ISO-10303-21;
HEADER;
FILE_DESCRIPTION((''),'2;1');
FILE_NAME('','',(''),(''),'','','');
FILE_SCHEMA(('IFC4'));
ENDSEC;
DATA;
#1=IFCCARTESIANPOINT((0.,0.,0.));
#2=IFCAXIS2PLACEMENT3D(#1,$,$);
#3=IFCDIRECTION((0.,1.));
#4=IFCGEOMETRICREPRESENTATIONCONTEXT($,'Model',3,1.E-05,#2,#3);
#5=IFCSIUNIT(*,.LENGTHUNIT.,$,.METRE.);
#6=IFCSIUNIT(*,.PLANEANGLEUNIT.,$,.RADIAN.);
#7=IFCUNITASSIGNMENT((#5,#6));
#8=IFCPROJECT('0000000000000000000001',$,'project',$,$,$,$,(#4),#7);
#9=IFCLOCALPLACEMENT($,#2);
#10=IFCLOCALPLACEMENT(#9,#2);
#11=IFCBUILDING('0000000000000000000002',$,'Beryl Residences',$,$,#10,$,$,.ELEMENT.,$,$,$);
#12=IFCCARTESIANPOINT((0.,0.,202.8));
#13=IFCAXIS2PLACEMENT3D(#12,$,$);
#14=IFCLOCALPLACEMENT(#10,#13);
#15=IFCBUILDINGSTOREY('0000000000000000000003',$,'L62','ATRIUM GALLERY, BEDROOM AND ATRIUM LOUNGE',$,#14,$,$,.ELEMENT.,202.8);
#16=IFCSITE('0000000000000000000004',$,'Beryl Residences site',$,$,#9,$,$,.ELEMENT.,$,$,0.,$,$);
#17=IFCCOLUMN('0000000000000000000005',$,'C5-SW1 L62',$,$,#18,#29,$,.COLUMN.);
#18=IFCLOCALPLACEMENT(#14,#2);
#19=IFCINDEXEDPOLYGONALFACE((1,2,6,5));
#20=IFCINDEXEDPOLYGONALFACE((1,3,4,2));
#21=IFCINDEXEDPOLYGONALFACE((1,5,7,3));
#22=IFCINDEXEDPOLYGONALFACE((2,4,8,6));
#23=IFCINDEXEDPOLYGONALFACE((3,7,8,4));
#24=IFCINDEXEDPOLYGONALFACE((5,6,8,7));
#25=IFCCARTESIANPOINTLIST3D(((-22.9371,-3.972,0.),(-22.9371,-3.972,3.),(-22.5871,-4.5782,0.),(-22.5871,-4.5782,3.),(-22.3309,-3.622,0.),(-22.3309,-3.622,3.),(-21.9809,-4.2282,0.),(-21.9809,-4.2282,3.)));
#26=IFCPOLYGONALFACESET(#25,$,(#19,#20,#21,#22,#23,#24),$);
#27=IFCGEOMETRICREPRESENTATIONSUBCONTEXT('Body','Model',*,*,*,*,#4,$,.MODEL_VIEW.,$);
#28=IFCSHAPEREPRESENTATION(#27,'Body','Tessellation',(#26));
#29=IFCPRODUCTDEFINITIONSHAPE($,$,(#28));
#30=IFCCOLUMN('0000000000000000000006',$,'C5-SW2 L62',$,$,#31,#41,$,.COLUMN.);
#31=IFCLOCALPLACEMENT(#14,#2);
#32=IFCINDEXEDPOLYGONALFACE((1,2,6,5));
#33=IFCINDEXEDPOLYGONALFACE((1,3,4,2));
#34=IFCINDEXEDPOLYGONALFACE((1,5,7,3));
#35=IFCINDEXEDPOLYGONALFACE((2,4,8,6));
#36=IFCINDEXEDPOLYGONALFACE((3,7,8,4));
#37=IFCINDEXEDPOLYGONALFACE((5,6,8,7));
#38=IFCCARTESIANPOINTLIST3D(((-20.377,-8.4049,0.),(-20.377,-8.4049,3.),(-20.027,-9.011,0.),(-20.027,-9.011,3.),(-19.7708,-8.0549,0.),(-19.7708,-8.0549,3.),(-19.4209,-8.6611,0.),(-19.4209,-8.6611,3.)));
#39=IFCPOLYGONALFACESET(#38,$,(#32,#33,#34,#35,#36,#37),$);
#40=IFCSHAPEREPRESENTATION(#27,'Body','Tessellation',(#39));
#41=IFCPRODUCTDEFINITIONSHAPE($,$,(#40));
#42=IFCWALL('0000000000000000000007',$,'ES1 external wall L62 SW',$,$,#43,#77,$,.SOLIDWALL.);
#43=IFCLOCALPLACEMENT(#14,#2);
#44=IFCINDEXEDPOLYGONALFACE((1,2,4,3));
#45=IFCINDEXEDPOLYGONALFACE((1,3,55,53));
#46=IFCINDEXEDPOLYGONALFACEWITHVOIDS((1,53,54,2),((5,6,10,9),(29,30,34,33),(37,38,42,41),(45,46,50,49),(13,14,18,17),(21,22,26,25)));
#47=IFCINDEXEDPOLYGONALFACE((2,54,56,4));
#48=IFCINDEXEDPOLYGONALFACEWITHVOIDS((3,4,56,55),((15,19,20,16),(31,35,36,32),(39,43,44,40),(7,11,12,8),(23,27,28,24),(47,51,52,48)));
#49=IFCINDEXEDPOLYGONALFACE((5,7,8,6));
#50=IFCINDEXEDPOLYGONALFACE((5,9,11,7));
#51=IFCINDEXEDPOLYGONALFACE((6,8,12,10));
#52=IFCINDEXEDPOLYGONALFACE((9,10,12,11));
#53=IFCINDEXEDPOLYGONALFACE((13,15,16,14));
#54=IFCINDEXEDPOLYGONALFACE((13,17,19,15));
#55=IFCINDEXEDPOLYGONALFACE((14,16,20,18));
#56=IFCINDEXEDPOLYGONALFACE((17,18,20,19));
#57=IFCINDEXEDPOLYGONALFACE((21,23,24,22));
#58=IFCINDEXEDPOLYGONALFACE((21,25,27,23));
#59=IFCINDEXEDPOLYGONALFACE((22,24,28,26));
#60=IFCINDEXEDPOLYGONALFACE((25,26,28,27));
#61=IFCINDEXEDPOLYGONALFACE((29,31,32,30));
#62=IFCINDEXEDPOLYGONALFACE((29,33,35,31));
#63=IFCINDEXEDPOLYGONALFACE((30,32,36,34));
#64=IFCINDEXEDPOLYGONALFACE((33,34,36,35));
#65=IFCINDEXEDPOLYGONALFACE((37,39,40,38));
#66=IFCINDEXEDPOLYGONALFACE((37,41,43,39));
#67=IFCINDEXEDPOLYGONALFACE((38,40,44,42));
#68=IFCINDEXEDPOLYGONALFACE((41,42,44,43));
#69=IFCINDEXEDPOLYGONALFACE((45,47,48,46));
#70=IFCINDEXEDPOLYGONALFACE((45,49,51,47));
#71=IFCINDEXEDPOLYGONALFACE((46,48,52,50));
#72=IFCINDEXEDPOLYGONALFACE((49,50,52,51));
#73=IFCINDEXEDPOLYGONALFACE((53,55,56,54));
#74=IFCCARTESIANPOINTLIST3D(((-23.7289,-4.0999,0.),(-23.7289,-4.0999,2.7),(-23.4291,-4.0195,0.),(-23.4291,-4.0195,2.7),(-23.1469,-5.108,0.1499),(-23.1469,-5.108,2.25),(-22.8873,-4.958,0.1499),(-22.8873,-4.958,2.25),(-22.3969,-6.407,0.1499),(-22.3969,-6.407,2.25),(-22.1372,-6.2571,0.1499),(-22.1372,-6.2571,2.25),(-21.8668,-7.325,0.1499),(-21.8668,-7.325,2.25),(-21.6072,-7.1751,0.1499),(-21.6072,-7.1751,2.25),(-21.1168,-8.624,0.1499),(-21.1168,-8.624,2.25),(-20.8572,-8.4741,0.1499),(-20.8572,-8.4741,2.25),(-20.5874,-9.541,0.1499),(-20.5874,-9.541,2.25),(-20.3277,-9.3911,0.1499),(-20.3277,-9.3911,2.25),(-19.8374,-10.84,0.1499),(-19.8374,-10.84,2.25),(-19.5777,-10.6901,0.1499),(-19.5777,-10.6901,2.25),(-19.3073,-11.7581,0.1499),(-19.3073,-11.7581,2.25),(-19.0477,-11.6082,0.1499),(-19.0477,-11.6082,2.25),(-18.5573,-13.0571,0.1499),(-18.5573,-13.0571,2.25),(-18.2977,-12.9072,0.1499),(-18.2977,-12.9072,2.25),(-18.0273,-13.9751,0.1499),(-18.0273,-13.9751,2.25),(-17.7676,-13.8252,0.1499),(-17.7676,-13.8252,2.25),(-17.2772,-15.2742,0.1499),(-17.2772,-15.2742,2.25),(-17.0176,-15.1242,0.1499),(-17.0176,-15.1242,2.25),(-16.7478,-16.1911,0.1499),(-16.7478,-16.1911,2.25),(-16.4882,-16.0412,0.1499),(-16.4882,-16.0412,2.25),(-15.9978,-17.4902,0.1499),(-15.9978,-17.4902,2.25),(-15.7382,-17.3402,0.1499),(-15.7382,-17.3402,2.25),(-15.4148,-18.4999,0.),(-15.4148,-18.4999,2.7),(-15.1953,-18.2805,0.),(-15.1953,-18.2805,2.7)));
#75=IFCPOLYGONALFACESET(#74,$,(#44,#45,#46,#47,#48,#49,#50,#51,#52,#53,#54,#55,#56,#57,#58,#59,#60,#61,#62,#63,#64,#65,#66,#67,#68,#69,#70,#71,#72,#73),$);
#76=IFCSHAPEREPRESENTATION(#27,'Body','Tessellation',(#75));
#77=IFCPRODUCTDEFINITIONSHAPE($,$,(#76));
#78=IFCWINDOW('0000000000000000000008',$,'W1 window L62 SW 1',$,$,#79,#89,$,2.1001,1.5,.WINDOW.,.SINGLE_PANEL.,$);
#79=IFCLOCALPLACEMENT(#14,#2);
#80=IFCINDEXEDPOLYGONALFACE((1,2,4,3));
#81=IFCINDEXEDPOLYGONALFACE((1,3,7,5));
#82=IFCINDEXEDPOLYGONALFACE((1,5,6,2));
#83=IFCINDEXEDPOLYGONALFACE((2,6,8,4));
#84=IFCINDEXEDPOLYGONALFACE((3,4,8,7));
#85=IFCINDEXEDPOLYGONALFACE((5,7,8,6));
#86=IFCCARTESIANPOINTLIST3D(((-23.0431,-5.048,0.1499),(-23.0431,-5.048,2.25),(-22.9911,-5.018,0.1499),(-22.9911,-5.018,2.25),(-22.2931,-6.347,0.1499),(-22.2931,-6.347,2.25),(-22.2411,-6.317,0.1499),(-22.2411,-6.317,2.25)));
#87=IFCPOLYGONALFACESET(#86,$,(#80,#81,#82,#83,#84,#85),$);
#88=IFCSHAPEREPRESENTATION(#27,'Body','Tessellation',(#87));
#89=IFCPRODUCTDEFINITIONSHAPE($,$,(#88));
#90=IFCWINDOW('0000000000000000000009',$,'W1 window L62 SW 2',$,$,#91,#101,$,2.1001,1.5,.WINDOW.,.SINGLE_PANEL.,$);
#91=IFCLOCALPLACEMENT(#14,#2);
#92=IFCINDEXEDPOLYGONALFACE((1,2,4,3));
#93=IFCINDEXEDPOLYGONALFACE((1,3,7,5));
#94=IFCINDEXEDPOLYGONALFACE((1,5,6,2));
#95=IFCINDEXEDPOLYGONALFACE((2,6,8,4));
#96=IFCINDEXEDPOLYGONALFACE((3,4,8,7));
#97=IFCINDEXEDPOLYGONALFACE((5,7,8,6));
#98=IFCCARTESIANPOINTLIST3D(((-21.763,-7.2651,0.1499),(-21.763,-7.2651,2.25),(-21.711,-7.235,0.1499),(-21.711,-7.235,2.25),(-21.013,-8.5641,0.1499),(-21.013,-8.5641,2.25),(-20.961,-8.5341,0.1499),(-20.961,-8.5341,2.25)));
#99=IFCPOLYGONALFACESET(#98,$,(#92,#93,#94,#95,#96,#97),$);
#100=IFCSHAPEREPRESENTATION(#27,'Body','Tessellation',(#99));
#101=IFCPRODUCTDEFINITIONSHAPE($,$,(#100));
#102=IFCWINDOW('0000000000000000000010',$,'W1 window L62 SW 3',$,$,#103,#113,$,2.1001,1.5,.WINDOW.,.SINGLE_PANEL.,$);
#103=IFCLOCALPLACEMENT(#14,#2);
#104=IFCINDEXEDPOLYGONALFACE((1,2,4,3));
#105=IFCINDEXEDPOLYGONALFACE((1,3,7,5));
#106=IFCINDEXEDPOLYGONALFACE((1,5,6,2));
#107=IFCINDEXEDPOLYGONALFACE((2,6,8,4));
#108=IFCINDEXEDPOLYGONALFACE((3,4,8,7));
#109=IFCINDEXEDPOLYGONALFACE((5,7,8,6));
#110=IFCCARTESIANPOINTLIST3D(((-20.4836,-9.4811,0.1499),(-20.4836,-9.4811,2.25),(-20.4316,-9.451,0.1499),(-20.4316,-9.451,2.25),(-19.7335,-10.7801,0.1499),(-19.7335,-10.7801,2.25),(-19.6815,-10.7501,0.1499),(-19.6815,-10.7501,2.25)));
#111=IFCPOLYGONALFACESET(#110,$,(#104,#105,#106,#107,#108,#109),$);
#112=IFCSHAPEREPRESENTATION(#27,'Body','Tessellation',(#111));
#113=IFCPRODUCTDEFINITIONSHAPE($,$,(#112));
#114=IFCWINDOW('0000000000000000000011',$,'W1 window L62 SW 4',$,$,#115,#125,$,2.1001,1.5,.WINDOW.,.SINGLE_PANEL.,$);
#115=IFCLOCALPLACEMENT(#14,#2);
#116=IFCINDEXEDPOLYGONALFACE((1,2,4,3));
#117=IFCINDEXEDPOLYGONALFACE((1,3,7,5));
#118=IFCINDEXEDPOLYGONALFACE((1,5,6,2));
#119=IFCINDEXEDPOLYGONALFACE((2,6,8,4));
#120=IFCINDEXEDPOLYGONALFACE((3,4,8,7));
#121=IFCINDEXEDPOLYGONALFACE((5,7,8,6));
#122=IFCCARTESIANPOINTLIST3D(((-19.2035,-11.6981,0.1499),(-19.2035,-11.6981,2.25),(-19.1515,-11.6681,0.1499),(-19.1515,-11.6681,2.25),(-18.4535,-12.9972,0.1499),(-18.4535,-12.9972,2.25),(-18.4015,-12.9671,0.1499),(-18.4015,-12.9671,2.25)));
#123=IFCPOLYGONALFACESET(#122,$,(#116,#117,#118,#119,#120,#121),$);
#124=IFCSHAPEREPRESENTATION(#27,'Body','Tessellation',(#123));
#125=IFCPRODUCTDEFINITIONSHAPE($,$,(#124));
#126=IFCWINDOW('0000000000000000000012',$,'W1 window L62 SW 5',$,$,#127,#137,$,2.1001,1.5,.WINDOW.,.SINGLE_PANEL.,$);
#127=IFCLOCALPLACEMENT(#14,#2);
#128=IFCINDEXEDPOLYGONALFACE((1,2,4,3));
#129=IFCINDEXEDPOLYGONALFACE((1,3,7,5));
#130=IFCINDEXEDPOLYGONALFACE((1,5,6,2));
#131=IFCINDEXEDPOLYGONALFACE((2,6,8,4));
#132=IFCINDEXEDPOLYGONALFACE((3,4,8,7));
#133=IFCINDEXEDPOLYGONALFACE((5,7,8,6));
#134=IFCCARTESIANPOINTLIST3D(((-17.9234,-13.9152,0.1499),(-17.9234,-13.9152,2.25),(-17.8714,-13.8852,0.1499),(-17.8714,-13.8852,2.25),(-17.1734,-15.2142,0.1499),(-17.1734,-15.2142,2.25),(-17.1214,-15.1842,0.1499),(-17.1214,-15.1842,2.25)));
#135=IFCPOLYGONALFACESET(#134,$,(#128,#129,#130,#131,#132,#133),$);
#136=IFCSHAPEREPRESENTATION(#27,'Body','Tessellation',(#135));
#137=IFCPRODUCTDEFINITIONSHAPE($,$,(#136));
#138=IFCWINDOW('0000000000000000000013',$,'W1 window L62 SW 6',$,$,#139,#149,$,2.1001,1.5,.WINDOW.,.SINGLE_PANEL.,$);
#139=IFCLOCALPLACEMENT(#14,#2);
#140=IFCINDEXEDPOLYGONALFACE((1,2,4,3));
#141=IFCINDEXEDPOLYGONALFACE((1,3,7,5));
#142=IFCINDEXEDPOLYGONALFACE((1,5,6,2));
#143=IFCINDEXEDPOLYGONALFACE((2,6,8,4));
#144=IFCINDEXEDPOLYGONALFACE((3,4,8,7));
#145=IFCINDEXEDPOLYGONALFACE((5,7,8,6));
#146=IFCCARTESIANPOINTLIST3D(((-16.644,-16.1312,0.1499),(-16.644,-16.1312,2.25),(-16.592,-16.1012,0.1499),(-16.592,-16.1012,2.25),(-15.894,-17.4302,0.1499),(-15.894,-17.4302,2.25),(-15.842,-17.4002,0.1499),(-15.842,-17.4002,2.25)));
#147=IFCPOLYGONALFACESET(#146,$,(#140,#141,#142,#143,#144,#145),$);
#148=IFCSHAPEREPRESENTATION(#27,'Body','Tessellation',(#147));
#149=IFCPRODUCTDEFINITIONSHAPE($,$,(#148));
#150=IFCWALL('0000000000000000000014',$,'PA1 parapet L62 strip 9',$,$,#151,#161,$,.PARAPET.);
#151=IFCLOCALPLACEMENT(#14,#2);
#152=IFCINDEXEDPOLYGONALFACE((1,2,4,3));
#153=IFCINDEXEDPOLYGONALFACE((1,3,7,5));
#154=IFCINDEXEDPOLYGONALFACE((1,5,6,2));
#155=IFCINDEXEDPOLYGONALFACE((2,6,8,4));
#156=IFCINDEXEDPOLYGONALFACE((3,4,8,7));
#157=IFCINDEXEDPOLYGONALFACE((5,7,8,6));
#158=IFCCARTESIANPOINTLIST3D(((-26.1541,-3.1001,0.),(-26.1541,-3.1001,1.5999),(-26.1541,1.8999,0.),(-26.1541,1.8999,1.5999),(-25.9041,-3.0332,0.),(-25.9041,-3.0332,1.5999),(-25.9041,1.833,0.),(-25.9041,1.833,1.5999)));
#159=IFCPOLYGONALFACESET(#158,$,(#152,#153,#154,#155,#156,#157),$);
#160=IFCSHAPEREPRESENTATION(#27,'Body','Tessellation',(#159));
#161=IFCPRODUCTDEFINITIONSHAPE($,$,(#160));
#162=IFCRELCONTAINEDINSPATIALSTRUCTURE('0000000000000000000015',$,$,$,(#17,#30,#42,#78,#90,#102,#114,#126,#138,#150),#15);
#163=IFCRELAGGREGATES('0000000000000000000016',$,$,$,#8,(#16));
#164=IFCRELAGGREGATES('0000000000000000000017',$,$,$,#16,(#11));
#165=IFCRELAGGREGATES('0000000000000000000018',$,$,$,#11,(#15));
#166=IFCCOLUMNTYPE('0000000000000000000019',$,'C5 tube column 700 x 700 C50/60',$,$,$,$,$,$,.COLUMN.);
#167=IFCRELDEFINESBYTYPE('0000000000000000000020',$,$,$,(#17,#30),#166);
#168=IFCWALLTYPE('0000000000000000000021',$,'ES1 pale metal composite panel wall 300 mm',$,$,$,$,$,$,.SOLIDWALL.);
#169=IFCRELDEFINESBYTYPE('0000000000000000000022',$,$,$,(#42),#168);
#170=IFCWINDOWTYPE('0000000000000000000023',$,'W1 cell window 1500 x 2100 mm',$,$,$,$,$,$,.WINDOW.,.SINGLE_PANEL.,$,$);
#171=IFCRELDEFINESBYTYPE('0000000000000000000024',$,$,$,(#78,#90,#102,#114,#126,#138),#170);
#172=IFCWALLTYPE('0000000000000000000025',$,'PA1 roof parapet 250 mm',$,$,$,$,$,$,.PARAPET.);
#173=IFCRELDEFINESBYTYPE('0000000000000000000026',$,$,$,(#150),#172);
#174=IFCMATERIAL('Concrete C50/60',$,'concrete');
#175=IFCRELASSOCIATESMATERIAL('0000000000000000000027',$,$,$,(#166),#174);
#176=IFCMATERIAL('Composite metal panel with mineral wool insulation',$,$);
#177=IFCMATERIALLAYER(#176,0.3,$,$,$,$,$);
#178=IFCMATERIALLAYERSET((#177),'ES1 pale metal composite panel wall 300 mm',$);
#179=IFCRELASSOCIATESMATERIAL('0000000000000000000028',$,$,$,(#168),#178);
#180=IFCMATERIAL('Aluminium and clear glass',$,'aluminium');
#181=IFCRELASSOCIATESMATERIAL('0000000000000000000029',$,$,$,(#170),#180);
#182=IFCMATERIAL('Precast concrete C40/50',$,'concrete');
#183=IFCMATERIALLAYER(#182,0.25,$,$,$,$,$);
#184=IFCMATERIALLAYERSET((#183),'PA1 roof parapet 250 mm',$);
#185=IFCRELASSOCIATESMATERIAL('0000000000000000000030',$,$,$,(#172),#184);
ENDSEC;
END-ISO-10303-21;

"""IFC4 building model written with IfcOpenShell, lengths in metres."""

from ifc_helpers import new_model, si_unit, direction, frame, frame_2d, origin, origin_2d, place, context, subcontext, project, spatial, polyline, rectangle, outline, extrude, material, layer, layer_set, material_profile, profile_set, type_object, element, fill, save


model = new_model("IFC4")

# Units and contexts
model_context = context("Model", 3, precision=1e-05, world=origin(), true_north=direction((0.0, 1.0)))
body_context = subcontext(model_context, "Body", "Model", "MODEL_VIEW")
ifc_project = project(units=[si_unit("LENGTHUNIT", "METRE"), si_unit("PLANEANGLEUNIT", "RADIAN")], contexts=[model_context])

# Site, building, storey
site_placement = place(None, origin())
site = spatial("IfcSite", under=ifc_project, at=site_placement, Name="Beryl Residences site", CompositionType="ELEMENT", RefElevation=0.0)
building_placement = place(site_placement, origin())
building = spatial("IfcBuilding", under=site, at=building_placement, Name="Beryl Residences", CompositionType="ELEMENT")
storey_placement = place(building_placement, frame((0.0, 0.0, 202.8)))
storey = spatial("IfcBuildingStorey", under=building, at=storey_placement, Name="L62", Description="ATRIUM GALLERY, BEDROOM AND ATRIUM LOUNGE", CompositionType="ELEMENT", Elevation=202.8)

# Columns
ifc_material_1 = material(Name="Concrete C50/60", Category="concrete")
ifc_material_profile = material_profile(ifc_material_1, rectangle(XDim=0.7, YDim=0.7, at=origin_2d()))
ifc_profile_set = profile_set([ifc_material_profile], Name="Concrete C50/60")
column_type = type_object("IfcColumnType", Name="C5 tube column 700 x 700 C50/60", PredefinedType="COLUMN", material=ifc_profile_set)
for number, where, z_axis, x_axis, name in (
    (1, (-22.459, -4.1001, 0.0), (0.0, 0.0, 1.0), (0.499985, -0.866034, 0.0), "C5-SW1 L62"),
    (2, (-19.8989, -8.533, 0.0), (0.0, 0.0, 1.0), (0.499985, -0.866034, 0.0), "C5-SW2 L62"),
):
    element("IfcColumn", number, at=place(storey_placement, frame(where, z_axis=z_axis, x_axis=x_axis)), inside=storey, type_object=column_type, Name=name, PredefinedType="COLUMN", context=body_context, shape_type="SweptSolid", body=[
        extrude(rectangle(XDim=0.7, YDim=0.7, at=origin_2d()), origin(), (0.0, 0.0, 1.0), 3.0),
    ])

# Wall, openings, windows
ifc_material_2 = material(Name="Composite metal panel with mineral wool insulation")
ifc_layer_1 = layer(ifc_material_2, 0.3)
ifc_layer_set_1 = layer_set([ifc_layer_1], Name="ES1 pale metal composite panel wall 300 mm")
wall_type_1 = type_object("IfcWallType", Name="ES1 pale metal composite panel wall 300 mm", PredefinedType="SOLIDWALL", material=ifc_layer_set_1)
wall_1_placement = place(storey_placement, frame((-23.5991, -4.0249, 0.0), z_axis=(0.0, 0.0, 1.0), x_axis=(0.500013, -0.866018, 0.0)))
wall_1 = element("IfcWall", 3, at=wall_1_placement, inside=storey, type_object=wall_type_1, Name="ES1 external wall L62 SW", PredefinedType="SOLIDWALL", context=body_context, shape_type="SweptSolid", body=[
    extrude(outline(polyline([(0.0, -0.1499), (16.6279, -0.1499), (16.5476, 0.1499), (0.0803, 0.1499), (0.0, -0.1499)])), origin(), (0.0, 0.0, 1.0), 2.7),
])
opening_1_placement = place(wall_1_placement, frame((1.1641, 0.0, 0.1499)))
opening_1 = element("IfcOpeningElement", 4, at=opening_1_placement, cuts=wall_1, PredefinedType="OPENING", context=body_context, shape_type="SweptSolid", body=[
    extrude(rectangle(XDim=1.5, YDim=2.1001, at=frame_2d((0.75, 1.05))), frame((0.0, 0.1599, 0.0), z_axis=(0.0, -1.0, 0.0), x_axis=(1.0, 0.0, 0.0)), (0.0, 0.0, 1.0), 0.3201),
])
opening_2_placement = place(wall_1_placement, frame((3.7241, 0.0, 0.1499)))
opening_2 = element("IfcOpeningElement", 5, at=opening_2_placement, cuts=wall_1, PredefinedType="OPENING", context=body_context, shape_type="SweptSolid", body=[
    extrude(rectangle(XDim=1.5, YDim=2.1001, at=frame_2d((0.75, 1.05))), frame((0.0, 0.1599, 0.0), z_axis=(0.0, -1.0, 0.0), x_axis=(1.0, 0.0, 0.0)), (0.0, 0.0, 1.0), 0.3201),
])
opening_3_placement = place(wall_1_placement, frame((6.283, 0.0, 0.1499)))
opening_3 = element("IfcOpeningElement", 6, at=opening_3_placement, cuts=wall_1, PredefinedType="OPENING", context=body_context, shape_type="SweptSolid", body=[
    extrude(rectangle(XDim=1.5, YDim=2.1001, at=frame_2d((0.75, 1.05))), frame((0.0, 0.1599, 0.0), z_axis=(0.0, -1.0, 0.0), x_axis=(1.0, 0.0, 0.0)), (0.0, 0.0, 1.0), 0.3201),
])
opening_4_placement = place(wall_1_placement, frame((8.843, 0.0, 0.1499)))
opening_4 = element("IfcOpeningElement", 7, at=opening_4_placement, cuts=wall_1, PredefinedType="OPENING", context=body_context, shape_type="SweptSolid", body=[
    extrude(rectangle(XDim=1.5, YDim=2.1001, at=frame_2d((0.75, 1.05))), frame((0.0, 0.1599, 0.0), z_axis=(0.0, -1.0, 0.0), x_axis=(1.0, 0.0, 0.0)), (0.0, 0.0, 1.0), 0.3201),
])
opening_5_placement = place(wall_1_placement, frame((11.4031, 0.0, 0.1499)))
opening_5 = element("IfcOpeningElement", 8, at=opening_5_placement, cuts=wall_1, PredefinedType="OPENING", context=body_context, shape_type="SweptSolid", body=[
    extrude(rectangle(XDim=1.5, YDim=2.1001, at=frame_2d((0.75, 1.05))), frame((0.0, 0.1599, 0.0), z_axis=(0.0, -1.0, 0.0), x_axis=(1.0, 0.0, 0.0)), (0.0, 0.0, 1.0), 0.3201),
])
opening_6_placement = place(wall_1_placement, frame((13.9619, 0.0, 0.1499)))
opening_6 = element("IfcOpeningElement", 9, at=opening_6_placement, cuts=wall_1, PredefinedType="OPENING", context=body_context, shape_type="SweptSolid", body=[
    extrude(rectangle(XDim=1.5, YDim=2.1001, at=frame_2d((0.75, 1.05))), frame((0.0, 0.1599, 0.0), z_axis=(0.0, -1.0, 0.0), x_axis=(1.0, 0.0, 0.0)), (0.0, 0.0, 1.0), 0.3201),
])
ifc_material_3 = material(Name="Aluminium and clear glass", Category="aluminium")
window_type = type_object("IfcWindowType", Name="W1 cell window 1500 x 2100 mm", PartitioningType="SINGLE_PANEL", PredefinedType="WINDOW", material=ifc_material_3)
window_1_placement = place(opening_1_placement, origin())
window_1 = element("IfcWindow", 10, at=window_1_placement, inside=storey, type_object=window_type, Name="W1 window L62 SW 1", OverallHeight=2.1001, OverallWidth=1.5, PartitioningType="SINGLE_PANEL", PredefinedType="WINDOW", context=body_context, shape_type="SweptSolid", body=[
    extrude(rectangle(XDim=1.5, YDim=2.1001, at=frame_2d((0.75, 1.05))), frame((0.0, 0.03, 0.0), z_axis=(0.0, -1.0, 0.0), x_axis=(1.0, 0.0, 0.0)), (0.0, 0.0, 1.0), 0.0601),
])
fill(opening_1, window_1)
window_2_placement = place(opening_2_placement, origin())
window_2 = element("IfcWindow", 11, at=window_2_placement, inside=storey, type_object=window_type, Name="W1 window L62 SW 2", OverallHeight=2.1001, OverallWidth=1.5, PartitioningType="SINGLE_PANEL", PredefinedType="WINDOW", context=body_context, shape_type="SweptSolid", body=[
    extrude(rectangle(XDim=1.5, YDim=2.1001, at=frame_2d((0.75, 1.05))), frame((0.0, 0.03, 0.0), z_axis=(0.0, -1.0, 0.0), x_axis=(1.0, 0.0, 0.0)), (0.0, 0.0, 1.0), 0.0601),
])
fill(opening_2, window_2)
window_3_placement = place(opening_3_placement, origin())
window_3 = element("IfcWindow", 12, at=window_3_placement, inside=storey, type_object=window_type, Name="W1 window L62 SW 3", OverallHeight=2.1001, OverallWidth=1.5, PartitioningType="SINGLE_PANEL", PredefinedType="WINDOW", context=body_context, shape_type="SweptSolid", body=[
    extrude(rectangle(XDim=1.5, YDim=2.1001, at=frame_2d((0.75, 1.05))), frame((0.0, 0.03, 0.0), z_axis=(0.0, -1.0, 0.0), x_axis=(1.0, 0.0, 0.0)), (0.0, 0.0, 1.0), 0.0601),
])
fill(opening_3, window_3)
window_4_placement = place(opening_4_placement, origin())
window_4 = element("IfcWindow", 13, at=window_4_placement, inside=storey, type_object=window_type, Name="W1 window L62 SW 4", OverallHeight=2.1001, OverallWidth=1.5, PartitioningType="SINGLE_PANEL", PredefinedType="WINDOW", context=body_context, shape_type="SweptSolid", body=[
    extrude(rectangle(XDim=1.5, YDim=2.1001, at=frame_2d((0.75, 1.05))), frame((0.0, 0.03, 0.0), z_axis=(0.0, -1.0, 0.0), x_axis=(1.0, 0.0, 0.0)), (0.0, 0.0, 1.0), 0.0601),
])
fill(opening_4, window_4)
window_5_placement = place(opening_5_placement, origin())
window_5 = element("IfcWindow", 14, at=window_5_placement, inside=storey, type_object=window_type, Name="W1 window L62 SW 5", OverallHeight=2.1001, OverallWidth=1.5, PartitioningType="SINGLE_PANEL", PredefinedType="WINDOW", context=body_context, shape_type="SweptSolid", body=[
    extrude(rectangle(XDim=1.5, YDim=2.1001, at=frame_2d((0.75, 1.05))), frame((0.0, 0.03, 0.0), z_axis=(0.0, -1.0, 0.0), x_axis=(1.0, 0.0, 0.0)), (0.0, 0.0, 1.0), 0.0601),
])
fill(opening_5, window_5)
window_6_placement = place(opening_6_placement, origin())
window_6 = element("IfcWindow", 15, at=window_6_placement, inside=storey, type_object=window_type, Name="W1 window L62 SW 6", OverallHeight=2.1001, OverallWidth=1.5, PartitioningType="SINGLE_PANEL", PredefinedType="WINDOW", context=body_context, shape_type="SweptSolid", body=[
    extrude(rectangle(XDim=1.5, YDim=2.1001, at=frame_2d((0.75, 1.05))), frame((0.0, 0.03, 0.0), z_axis=(0.0, -1.0, 0.0), x_axis=(1.0, 0.0, 0.0)), (0.0, 0.0, 1.0), 0.0601),
])
fill(opening_6, window_6)

# Wall
ifc_material_4 = material(Name="Precast concrete C40/50", Category="concrete")
ifc_layer_2 = layer(ifc_material_4, 0.25)
ifc_layer_set_2 = layer_set([ifc_layer_2], Name="PA1 roof parapet 250 mm")
wall_type_2 = type_object("IfcWallType", Name="PA1 roof parapet 250 mm", PredefinedType="PARAPET", material=ifc_layer_set_2)
wall_2_placement = place(storey_placement, frame((-26.0291, -3.1001, 0.0), z_axis=(0.0, 0.0, 1.0), x_axis=(0.0, 1.0, 0.0)))
element("IfcWall", 16, at=wall_2_placement, inside=storey, type_object=wall_type_2, Name="PA1 parapet L62 strip 9", PredefinedType="PARAPET", context=body_context, shape_type="SweptSolid", body=[
    extrude(outline(polyline([(0.0669, -0.125), (4.9331, -0.125), (5.0, 0.125), (0.0, 0.125), (0.0669, -0.125)])), origin(), (0.0, 0.0, 1.0), 1.5999),
])

save(model, "model.ifc")
